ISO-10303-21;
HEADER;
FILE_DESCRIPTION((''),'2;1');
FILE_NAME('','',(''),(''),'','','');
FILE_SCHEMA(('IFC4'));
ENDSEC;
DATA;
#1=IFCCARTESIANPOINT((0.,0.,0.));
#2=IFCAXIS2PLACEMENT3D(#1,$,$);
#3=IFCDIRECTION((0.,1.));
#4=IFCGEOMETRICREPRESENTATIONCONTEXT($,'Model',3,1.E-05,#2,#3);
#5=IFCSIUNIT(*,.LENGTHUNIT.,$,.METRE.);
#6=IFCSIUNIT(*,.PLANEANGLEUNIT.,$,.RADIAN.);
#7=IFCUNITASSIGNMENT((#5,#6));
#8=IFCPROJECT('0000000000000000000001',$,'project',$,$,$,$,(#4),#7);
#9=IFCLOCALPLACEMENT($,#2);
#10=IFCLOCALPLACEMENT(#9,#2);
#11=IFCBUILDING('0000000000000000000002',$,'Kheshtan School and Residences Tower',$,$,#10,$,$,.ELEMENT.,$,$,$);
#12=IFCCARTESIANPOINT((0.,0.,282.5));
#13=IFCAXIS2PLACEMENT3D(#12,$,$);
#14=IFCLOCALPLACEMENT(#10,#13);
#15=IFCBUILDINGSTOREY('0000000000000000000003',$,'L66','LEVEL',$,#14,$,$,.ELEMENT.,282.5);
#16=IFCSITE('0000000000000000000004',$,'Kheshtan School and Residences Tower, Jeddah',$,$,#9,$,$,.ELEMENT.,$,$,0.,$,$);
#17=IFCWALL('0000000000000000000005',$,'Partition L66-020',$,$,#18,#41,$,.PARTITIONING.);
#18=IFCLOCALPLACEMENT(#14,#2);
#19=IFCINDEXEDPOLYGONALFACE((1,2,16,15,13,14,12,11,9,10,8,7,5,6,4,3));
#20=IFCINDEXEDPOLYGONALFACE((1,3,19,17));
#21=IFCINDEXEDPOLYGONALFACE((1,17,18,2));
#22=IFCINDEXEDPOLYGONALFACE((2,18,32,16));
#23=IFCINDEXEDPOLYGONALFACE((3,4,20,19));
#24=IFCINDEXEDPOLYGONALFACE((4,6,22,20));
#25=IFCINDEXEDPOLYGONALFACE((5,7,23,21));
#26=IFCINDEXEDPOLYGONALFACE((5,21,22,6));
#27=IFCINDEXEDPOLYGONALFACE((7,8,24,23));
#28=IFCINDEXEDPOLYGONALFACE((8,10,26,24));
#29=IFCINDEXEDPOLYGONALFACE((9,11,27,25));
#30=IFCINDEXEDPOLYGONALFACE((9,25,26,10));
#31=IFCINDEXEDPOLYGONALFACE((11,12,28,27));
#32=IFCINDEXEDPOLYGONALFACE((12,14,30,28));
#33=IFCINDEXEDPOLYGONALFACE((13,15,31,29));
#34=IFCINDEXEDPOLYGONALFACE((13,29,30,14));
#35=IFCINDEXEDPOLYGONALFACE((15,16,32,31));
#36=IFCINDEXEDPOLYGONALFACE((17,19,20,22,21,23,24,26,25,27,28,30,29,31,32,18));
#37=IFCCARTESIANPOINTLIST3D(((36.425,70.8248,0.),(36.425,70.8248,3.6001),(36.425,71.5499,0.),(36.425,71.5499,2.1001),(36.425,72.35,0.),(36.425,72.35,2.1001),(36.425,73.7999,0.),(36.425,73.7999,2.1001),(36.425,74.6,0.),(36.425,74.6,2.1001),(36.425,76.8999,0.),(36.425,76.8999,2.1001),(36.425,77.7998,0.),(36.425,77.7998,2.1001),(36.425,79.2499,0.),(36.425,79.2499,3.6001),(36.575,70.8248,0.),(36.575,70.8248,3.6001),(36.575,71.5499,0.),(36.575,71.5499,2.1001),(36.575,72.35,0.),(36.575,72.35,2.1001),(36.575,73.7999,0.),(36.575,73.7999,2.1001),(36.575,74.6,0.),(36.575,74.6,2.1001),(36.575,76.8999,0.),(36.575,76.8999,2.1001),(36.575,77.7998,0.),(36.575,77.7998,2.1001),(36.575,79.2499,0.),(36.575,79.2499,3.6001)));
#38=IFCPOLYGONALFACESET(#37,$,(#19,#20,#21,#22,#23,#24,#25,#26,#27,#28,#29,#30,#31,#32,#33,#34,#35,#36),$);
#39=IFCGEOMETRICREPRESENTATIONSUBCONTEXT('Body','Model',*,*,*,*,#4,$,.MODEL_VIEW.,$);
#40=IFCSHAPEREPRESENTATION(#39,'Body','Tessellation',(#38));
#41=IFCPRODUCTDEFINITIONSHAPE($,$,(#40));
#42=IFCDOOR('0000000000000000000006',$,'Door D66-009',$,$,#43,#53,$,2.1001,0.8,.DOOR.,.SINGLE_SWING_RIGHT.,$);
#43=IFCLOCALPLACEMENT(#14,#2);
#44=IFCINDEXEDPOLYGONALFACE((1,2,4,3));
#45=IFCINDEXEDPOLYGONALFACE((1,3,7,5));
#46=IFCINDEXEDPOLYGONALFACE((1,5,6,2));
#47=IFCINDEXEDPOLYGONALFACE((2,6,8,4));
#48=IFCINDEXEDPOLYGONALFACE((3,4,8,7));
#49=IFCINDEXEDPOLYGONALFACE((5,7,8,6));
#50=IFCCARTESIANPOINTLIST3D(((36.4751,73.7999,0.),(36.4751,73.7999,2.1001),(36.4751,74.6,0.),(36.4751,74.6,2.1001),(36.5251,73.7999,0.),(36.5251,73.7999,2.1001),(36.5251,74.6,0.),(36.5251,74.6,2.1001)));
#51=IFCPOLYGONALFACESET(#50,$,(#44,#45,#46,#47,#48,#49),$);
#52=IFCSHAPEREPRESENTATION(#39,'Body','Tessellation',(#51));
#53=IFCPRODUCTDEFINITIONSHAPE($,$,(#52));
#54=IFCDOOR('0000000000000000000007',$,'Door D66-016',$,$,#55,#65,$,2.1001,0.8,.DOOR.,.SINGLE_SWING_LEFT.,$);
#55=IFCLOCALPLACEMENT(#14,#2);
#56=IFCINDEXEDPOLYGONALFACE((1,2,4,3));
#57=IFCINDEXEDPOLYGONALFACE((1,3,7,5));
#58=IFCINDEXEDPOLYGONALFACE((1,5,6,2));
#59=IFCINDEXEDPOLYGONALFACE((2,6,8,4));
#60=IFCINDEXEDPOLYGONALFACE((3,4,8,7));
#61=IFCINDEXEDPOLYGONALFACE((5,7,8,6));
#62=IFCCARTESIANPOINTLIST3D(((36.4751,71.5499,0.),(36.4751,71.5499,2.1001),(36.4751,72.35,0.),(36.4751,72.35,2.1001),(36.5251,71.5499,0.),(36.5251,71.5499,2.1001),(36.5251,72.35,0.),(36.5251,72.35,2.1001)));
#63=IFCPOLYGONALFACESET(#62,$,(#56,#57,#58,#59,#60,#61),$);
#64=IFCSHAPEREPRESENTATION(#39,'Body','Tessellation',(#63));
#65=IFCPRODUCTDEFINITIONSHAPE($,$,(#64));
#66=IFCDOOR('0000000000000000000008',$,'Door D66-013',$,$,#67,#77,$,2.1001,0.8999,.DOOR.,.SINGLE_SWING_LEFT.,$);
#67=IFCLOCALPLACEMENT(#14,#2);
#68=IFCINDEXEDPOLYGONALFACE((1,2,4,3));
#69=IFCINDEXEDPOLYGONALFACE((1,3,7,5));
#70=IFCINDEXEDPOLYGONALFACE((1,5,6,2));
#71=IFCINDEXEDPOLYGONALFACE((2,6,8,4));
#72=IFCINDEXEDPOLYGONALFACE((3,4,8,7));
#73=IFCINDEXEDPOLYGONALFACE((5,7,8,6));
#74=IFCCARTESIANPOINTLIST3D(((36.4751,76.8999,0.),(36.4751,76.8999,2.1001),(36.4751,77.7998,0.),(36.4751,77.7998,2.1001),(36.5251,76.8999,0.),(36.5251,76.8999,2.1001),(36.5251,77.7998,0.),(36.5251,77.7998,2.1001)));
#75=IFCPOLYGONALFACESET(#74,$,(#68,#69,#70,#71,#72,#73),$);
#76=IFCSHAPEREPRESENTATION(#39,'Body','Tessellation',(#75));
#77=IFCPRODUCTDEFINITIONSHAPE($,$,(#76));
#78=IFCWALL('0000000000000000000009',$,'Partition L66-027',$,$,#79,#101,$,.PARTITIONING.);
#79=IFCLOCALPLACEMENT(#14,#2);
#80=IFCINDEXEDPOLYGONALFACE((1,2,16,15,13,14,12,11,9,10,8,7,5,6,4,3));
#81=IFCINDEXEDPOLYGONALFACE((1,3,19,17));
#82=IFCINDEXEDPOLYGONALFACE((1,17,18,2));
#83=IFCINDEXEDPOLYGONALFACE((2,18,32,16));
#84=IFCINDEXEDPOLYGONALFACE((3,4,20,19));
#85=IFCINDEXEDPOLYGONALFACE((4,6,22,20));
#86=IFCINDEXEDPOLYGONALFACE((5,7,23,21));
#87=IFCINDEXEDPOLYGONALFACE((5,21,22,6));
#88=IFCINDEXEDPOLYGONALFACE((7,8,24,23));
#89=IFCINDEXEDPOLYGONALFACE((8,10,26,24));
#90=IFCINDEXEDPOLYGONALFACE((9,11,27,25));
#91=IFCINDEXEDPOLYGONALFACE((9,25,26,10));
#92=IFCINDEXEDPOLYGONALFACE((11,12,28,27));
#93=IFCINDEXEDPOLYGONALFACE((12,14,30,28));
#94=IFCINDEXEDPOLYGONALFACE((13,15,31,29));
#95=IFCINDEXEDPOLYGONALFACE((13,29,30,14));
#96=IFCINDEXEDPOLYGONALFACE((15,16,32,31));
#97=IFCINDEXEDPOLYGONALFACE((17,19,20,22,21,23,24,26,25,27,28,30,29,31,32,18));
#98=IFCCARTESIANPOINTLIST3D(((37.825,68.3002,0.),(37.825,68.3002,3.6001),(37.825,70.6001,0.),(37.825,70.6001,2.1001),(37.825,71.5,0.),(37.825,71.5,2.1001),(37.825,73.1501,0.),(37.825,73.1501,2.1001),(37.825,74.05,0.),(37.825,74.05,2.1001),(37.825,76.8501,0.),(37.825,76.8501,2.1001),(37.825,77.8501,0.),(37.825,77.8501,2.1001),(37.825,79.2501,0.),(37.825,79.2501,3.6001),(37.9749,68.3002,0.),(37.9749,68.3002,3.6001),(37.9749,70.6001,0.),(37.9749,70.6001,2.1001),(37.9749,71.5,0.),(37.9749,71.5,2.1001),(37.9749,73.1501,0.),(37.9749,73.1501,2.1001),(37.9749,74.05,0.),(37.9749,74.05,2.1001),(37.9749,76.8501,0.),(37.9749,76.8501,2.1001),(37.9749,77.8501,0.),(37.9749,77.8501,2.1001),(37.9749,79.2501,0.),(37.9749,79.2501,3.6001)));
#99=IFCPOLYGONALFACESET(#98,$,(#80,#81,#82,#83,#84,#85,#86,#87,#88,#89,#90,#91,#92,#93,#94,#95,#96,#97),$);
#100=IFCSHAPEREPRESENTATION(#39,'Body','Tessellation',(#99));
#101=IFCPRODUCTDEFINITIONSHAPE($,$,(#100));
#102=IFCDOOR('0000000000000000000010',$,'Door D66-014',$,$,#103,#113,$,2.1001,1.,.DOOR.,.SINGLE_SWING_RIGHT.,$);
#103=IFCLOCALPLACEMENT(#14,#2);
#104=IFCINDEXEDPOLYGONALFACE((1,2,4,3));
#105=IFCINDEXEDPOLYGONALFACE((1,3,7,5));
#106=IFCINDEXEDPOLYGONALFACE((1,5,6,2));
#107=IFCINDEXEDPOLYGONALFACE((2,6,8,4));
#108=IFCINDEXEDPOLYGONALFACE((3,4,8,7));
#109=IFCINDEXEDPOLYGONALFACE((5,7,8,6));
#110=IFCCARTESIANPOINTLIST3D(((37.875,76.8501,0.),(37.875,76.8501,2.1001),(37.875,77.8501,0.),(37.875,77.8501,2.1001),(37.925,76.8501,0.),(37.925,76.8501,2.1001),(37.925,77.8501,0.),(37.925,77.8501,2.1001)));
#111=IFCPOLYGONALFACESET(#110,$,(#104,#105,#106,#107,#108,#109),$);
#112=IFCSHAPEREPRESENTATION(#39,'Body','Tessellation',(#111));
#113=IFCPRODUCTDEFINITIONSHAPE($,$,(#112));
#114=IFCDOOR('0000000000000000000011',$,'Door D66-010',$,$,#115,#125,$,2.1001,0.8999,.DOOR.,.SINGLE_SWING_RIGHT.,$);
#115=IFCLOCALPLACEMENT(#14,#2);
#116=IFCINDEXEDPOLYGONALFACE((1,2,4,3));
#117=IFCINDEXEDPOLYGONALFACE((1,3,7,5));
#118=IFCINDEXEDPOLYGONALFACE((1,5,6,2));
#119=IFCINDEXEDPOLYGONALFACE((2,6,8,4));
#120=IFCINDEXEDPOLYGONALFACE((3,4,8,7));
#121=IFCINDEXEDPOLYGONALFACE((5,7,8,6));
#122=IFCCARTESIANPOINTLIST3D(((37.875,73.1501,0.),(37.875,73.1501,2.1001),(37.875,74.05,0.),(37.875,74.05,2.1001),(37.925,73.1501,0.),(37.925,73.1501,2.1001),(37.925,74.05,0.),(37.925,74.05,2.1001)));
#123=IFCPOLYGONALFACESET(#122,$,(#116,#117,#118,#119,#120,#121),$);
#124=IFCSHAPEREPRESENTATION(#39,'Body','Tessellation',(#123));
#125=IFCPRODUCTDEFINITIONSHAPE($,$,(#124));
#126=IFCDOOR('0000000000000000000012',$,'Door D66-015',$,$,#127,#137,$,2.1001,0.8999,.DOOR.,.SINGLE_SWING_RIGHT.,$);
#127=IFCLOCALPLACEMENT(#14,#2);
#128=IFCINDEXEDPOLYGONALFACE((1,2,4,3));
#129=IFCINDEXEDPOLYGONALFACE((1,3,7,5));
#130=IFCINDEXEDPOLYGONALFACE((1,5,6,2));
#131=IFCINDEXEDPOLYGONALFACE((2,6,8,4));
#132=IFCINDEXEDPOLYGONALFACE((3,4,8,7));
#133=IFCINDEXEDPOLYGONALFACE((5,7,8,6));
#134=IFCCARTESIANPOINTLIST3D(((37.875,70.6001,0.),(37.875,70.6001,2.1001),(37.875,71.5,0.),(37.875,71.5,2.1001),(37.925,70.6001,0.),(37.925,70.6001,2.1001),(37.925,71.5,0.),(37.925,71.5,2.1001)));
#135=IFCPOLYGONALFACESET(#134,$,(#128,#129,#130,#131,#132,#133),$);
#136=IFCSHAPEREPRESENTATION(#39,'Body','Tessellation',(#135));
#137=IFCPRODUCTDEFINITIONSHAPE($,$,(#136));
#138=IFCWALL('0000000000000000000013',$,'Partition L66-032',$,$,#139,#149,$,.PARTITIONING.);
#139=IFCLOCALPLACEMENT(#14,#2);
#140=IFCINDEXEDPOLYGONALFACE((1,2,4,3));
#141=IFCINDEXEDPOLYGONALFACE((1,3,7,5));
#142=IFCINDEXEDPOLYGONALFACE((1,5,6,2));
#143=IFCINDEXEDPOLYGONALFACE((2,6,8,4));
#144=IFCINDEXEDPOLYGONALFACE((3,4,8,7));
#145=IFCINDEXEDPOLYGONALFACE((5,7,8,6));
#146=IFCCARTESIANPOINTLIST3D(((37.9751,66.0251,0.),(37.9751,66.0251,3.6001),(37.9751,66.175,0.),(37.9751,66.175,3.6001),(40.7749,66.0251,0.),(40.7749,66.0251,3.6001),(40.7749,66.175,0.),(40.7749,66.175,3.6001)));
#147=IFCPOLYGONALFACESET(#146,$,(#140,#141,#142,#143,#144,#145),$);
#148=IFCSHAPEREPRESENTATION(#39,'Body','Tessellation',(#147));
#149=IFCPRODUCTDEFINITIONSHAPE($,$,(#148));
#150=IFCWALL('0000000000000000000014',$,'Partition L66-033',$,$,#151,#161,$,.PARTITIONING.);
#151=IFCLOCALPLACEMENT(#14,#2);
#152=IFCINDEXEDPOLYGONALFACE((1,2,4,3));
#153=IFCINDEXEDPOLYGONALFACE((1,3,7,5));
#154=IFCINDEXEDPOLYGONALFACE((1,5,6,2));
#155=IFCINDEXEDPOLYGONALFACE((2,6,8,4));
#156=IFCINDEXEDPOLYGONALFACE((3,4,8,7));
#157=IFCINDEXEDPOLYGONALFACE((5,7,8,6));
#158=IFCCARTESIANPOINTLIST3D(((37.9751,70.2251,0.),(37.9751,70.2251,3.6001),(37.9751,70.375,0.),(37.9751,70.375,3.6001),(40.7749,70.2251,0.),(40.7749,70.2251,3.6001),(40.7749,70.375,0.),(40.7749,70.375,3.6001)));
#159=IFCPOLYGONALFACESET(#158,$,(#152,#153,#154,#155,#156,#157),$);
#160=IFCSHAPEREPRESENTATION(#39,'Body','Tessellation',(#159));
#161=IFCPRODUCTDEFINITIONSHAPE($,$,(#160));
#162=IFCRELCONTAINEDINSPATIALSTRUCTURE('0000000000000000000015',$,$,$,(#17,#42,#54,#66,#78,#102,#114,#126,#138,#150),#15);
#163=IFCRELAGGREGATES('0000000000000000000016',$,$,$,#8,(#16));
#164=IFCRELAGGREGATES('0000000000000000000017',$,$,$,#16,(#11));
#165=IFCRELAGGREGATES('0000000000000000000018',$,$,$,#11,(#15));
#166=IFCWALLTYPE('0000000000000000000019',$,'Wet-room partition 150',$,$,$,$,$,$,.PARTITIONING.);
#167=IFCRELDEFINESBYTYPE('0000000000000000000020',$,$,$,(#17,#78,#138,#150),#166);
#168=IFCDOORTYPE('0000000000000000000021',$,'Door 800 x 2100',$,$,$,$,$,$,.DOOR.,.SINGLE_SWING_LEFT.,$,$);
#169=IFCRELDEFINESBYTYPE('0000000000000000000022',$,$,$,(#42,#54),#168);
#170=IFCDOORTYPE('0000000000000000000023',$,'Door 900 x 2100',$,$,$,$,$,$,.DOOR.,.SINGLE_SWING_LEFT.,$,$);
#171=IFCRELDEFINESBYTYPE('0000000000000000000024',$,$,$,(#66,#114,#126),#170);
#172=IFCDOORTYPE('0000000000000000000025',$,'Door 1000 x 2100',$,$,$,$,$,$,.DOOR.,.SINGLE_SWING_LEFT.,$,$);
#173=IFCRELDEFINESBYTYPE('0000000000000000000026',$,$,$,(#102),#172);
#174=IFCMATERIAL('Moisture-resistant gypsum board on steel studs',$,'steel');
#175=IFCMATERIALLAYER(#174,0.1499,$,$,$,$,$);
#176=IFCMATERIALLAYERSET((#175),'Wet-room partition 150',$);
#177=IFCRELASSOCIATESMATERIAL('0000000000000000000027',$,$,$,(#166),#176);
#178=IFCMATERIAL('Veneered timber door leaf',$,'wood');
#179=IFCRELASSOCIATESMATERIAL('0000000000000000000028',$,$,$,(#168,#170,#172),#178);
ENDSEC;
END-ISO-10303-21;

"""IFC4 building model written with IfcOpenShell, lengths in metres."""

from ifc_helpers import new_model, si_unit, direction, frame, frame_2d, origin, place, context, subcontext, project, spatial, rectangle, extrude, source, transform, mapped, material, layer, layer_set, type_object, element, fill, save


model = new_model("IFC4")

# Units and contexts
model_context = context("Model", 3, precision=1e-05, world=origin(), true_north=direction((0.0, 1.0)))
body_context = subcontext(model_context, "Body", "Model", "MODEL_VIEW")
ifc_project = project(units=[si_unit("LENGTHUNIT", "METRE"), si_unit("PLANEANGLEUNIT", "RADIAN")], contexts=[model_context])

# Site, building, storey
site_placement = place(None, origin())
site = spatial("IfcSite", under=ifc_project, at=site_placement, Name="Kheshtan School and Residences Tower, Jeddah", CompositionType="ELEMENT", RefElevation=0.0)
building_placement = place(site_placement, origin())
building = spatial("IfcBuilding", under=site, at=building_placement, Name="Kheshtan School and Residences Tower", CompositionType="ELEMENT")
storey_placement = place(building_placement, frame((0.0, 0.0, 282.5)))
storey = spatial("IfcBuildingStorey", under=building, at=storey_placement, Name="L66", Description="LEVEL", CompositionType="ELEMENT", Elevation=282.5)

# Shared definitions
ifc_material_1 = material(Name="Moisture-resistant gypsum board on steel studs", Category="steel")
ifc_layer_1 = layer(ifc_material_1, 0.1499)
ifc_layer_set_1 = layer_set([ifc_layer_1], Name="Wet-room partition 150")
wall_type_1 = type_object("IfcWallType", Name="Wet-room partition 150", PredefinedType="PARTITIONING", material=ifc_layer_set_1)

# Shared definitions
ifc_material_2 = material(Name="Veneered timber door leaf", Category="wood")
door_type_1 = type_object("IfcDoorType", Name="Door 800 x 2100", OperationType="SINGLE_SWING_LEFT", PredefinedType="DOOR", material=ifc_material_2)
shared_shape_1 = source(origin(), body_context, "Body", "SweptSolid", [
    extrude(rectangle(XDim=0.8, YDim=2.1001, at=frame_2d((0.3999, 1.05))), frame((0.0, 0.0249, 0.0), z_axis=(0.0, -1.0, 0.0), x_axis=(1.0, 0.0, 0.0)), (0.0, 0.0, 1.0), 0.05),
])

# Walls, openings, doors
wall_1_placement = place(storey_placement, frame((36.5, 70.825, 0.0), z_axis=(0.0, 0.0, 1.0), x_axis=(0.0, 1.0, 0.0)))
wall_1 = element("IfcWall", 1, at=wall_1_placement, inside=storey, type_object=wall_type_1, Name="Partition L66-020", PredefinedType="PARTITIONING", context=body_context, shape_type="SweptSolid", body=[
    extrude(rectangle(XDim=8.425, YDim=0.1499, at=frame_2d((4.2124, 0.0))), origin(), (0.0, 0.0, 1.0), 3.6001),
])
opening_1_placement = place(wall_1_placement, frame((2.9751, 0.0, 0.0)))
opening_1 = element("IfcOpeningElement", 2, at=opening_1_placement, cuts=wall_1, PredefinedType="OPENING", context=body_context, shape_type="SweptSolid", body=[
    extrude(rectangle(XDim=0.8, YDim=2.1001, at=frame_2d((0.3999, 1.05))), frame((0.0, 0.085, 0.0), z_axis=(0.0, -1.0, 0.0), x_axis=(1.0, 0.0, 0.0)), (0.0, 0.0, 1.0), 0.1699),
])
opening_2_placement = place(wall_1_placement, frame((6.075, 0.0, 0.0)))
opening_2 = element("IfcOpeningElement", 3, at=opening_2_placement, cuts=wall_1, PredefinedType="OPENING", context=body_context, shape_type="SweptSolid", body=[
    extrude(rectangle(XDim=0.8999, YDim=2.1001, at=frame_2d((0.45, 1.05))), frame((0.0, 0.085, 0.0), z_axis=(0.0, -1.0, 0.0), x_axis=(1.0, 0.0, 0.0)), (0.0, 0.0, 1.0), 0.1699),
])
opening_3_placement = place(wall_1_placement, frame((0.7251, 0.0, 0.0)))
opening_3 = element("IfcOpeningElement", 4, at=opening_3_placement, cuts=wall_1, PredefinedType="OPENING", context=body_context, shape_type="SweptSolid", body=[
    extrude(rectangle(XDim=0.8, YDim=2.1001, at=frame_2d((0.3999, 1.05))), frame((0.0, 0.085, 0.0), z_axis=(0.0, -1.0, 0.0), x_axis=(1.0, 0.0, 0.0)), (0.0, 0.0, 1.0), 0.1699),
])
door_1_placement = place(opening_1_placement, origin())
door_1 = element("IfcDoor", 5, at=door_1_placement, inside=storey, type_object=door_type_1, Name="Door D66-009", OperationType="SINGLE_SWING_RIGHT", OverallHeight=2.1001, OverallWidth=0.8, PredefinedType="DOOR", context=body_context, shape_type="MappedRepresentation", body=[
    mapped(shared_shape_1, transform((0.0, 0.0, 0.0), x_axis=(1.0, 0.0, 0.0), y_axis=(0.0, 1.0, 0.0), z_axis=(0.0, 0.0, 1.0), scale=1.0)),
])
fill(opening_1, door_1)
door_2_placement = place(opening_3_placement, origin())
door_2 = element("IfcDoor", 6, at=door_2_placement, inside=storey, type_object=door_type_1, Name="Door D66-016", OperationType="SINGLE_SWING_LEFT", OverallHeight=2.1001, OverallWidth=0.8, PredefinedType="DOOR", context=body_context, shape_type="MappedRepresentation", body=[
    mapped(shared_shape_1, transform((0.0, 0.0, 0.0), x_axis=(1.0, 0.0, 0.0), y_axis=(0.0, 1.0, 0.0), z_axis=(0.0, 0.0, 1.0), scale=1.0)),
])
fill(opening_3, door_2)
door_type_2 = type_object("IfcDoorType", Name="Door 900 x 2100", OperationType="SINGLE_SWING_LEFT", PredefinedType="DOOR", material=ifc_material_2)
shared_shape_2 = source(origin(), body_context, "Body", "SweptSolid", [
    extrude(rectangle(XDim=0.8999, YDim=2.1001, at=frame_2d((0.45, 1.05))), frame((0.0, 0.0249, 0.0), z_axis=(0.0, -1.0, 0.0), x_axis=(1.0, 0.0, 0.0)), (0.0, 0.0, 1.0), 0.05),
])
door_3_placement = place(opening_2_placement, origin())
door_3 = element("IfcDoor", 7, at=door_3_placement, inside=storey, type_object=door_type_2, Name="Door D66-013", OperationType="SINGLE_SWING_LEFT", OverallHeight=2.1001, OverallWidth=0.8999, PredefinedType="DOOR", context=body_context, shape_type="MappedRepresentation", body=[
    mapped(shared_shape_2, transform((0.0, 0.0, 0.0), x_axis=(1.0, 0.0, 0.0), y_axis=(0.0, 1.0, 0.0), z_axis=(0.0, 0.0, 1.0), scale=1.0)),
])
fill(opening_2, door_3)
wall_2_placement = place(storey_placement, frame((37.8999, 68.3, 0.0), z_axis=(0.0, 0.0, 1.0), x_axis=(0.0, 1.0, 0.0)))
wall_2 = element("IfcWall", 8, at=wall_2_placement, inside=storey, type_object=wall_type_1, Name="Partition L66-027", PredefinedType="PARTITIONING", context=body_context, shape_type="SweptSolid", body=[
    extrude(rectangle(XDim=10.95, YDim=0.1499, at=frame_2d((5.4751, 0.0))), origin(), (0.0, 0.0, 1.0), 3.6001),
])
opening_4_placement = place(wall_2_placement, frame((4.8501, 0.0, 0.0)))
opening_4 = element("IfcOpeningElement", 9, at=opening_4_placement, cuts=wall_2, PredefinedType="OPENING", context=body_context, shape_type="SweptSolid", body=[
    extrude(rectangle(XDim=0.8999, YDim=2.1001, at=frame_2d((0.45, 1.05))), frame((0.0, 0.085, 0.0), z_axis=(0.0, -1.0, 0.0), x_axis=(1.0, 0.0, 0.0)), (0.0, 0.0, 1.0), 0.1699),
])
opening_5_placement = place(wall_2_placement, frame((8.55, 0.0, 0.0)))
opening_5 = element("IfcOpeningElement", 10, at=opening_5_placement, cuts=wall_2, PredefinedType="OPENING", context=body_context, shape_type="SweptSolid", body=[
    extrude(rectangle(XDim=1.0, YDim=2.1001, at=frame_2d((0.5, 1.05))), frame((0.0, 0.085, 0.0), z_axis=(0.0, -1.0, 0.0), x_axis=(1.0, 0.0, 0.0)), (0.0, 0.0, 1.0), 0.1699),
])
opening_6_placement = place(wall_2_placement, frame((2.3, 0.0, 0.0)))
opening_6 = element("IfcOpeningElement", 11, at=opening_6_placement, cuts=wall_2, PredefinedType="OPENING", context=body_context, shape_type="SweptSolid", body=[
    extrude(rectangle(XDim=0.8999, YDim=2.1001, at=frame_2d((0.45, 1.05))), frame((0.0, 0.085, 0.0), z_axis=(0.0, -1.0, 0.0), x_axis=(1.0, 0.0, 0.0)), (0.0, 0.0, 1.0), 0.1699),
])
door_type_3 = type_object("IfcDoorType", Name="Door 1000 x 2100", OperationType="SINGLE_SWING_LEFT", PredefinedType="DOOR", material=ifc_material_2)
shared_shape_3 = source(origin(), body_context, "Body", "SweptSolid", [
    extrude(rectangle(XDim=1.0, YDim=2.1001, at=frame_2d((0.5, 1.05))), frame((0.0, 0.0249, 0.0), z_axis=(0.0, -1.0, 0.0), x_axis=(1.0, 0.0, 0.0)), (0.0, 0.0, 1.0), 0.05),
])
door_4_placement = place(opening_5_placement, origin())
door_4 = element("IfcDoor", 12, at=door_4_placement, inside=storey, type_object=door_type_3, Name="Door D66-014", OperationType="SINGLE_SWING_RIGHT", OverallHeight=2.1001, OverallWidth=1.0, PredefinedType="DOOR", context=body_context, shape_type="MappedRepresentation", body=[
    mapped(shared_shape_3, transform((0.0, 0.0, 0.0), x_axis=(1.0, 0.0, 0.0), y_axis=(0.0, 1.0, 0.0), z_axis=(0.0, 0.0, 1.0), scale=1.0)),
])
fill(opening_5, door_4)
door_5_placement = place(opening_4_placement, origin())
door_5 = element("IfcDoor", 13, at=door_5_placement, inside=storey, type_object=door_type_2, Name="Door D66-010", OperationType="SINGLE_SWING_RIGHT", OverallHeight=2.1001, OverallWidth=0.8999, PredefinedType="DOOR", context=body_context, shape_type="MappedRepresentation", body=[
    mapped(shared_shape_2, transform((0.0, 0.0, 0.0), x_axis=(1.0, 0.0, 0.0), y_axis=(0.0, 1.0, 0.0), z_axis=(0.0, 0.0, 1.0), scale=1.0)),
])
fill(opening_4, door_5)
door_6_placement = place(opening_6_placement, origin())
door_6 = element("IfcDoor", 14, at=door_6_placement, inside=storey, type_object=door_type_2, Name="Door D66-015", OperationType="SINGLE_SWING_RIGHT", OverallHeight=2.1001, OverallWidth=0.8999, PredefinedType="DOOR", context=body_context, shape_type="MappedRepresentation", body=[
    mapped(shared_shape_2, transform((0.0, 0.0, 0.0), x_axis=(1.0, 0.0, 0.0), y_axis=(0.0, 1.0, 0.0), z_axis=(0.0, 0.0, 1.0), scale=1.0)),
])
fill(opening_6, door_6)

# Walls
for number, where, z_axis, x_axis, name in (
    (15, (37.9751, 66.1001, 0.0), (0.0, 0.0, 1.0), (1.0, 0.0, 0.0), "Partition L66-032"),
    (16, (37.9751, 70.3, 0.0), (0.0, 0.0, 1.0), (1.0, 0.0, 0.0), "Partition L66-033"),
):
    element("IfcWall", number, at=place(storey_placement, frame(where, z_axis=z_axis, x_axis=x_axis)), inside=storey, type_object=wall_type_1, Name=name, PredefinedType="PARTITIONING", context=body_context, shape_type="SweptSolid", body=[
        extrude(rectangle(XDim=2.7998, YDim=0.1499, at=frame_2d((1.3999, 0.0))), origin(), (0.0, 0.0, 1.0), 3.6001),
    ])

save(model, "model.ifc")
